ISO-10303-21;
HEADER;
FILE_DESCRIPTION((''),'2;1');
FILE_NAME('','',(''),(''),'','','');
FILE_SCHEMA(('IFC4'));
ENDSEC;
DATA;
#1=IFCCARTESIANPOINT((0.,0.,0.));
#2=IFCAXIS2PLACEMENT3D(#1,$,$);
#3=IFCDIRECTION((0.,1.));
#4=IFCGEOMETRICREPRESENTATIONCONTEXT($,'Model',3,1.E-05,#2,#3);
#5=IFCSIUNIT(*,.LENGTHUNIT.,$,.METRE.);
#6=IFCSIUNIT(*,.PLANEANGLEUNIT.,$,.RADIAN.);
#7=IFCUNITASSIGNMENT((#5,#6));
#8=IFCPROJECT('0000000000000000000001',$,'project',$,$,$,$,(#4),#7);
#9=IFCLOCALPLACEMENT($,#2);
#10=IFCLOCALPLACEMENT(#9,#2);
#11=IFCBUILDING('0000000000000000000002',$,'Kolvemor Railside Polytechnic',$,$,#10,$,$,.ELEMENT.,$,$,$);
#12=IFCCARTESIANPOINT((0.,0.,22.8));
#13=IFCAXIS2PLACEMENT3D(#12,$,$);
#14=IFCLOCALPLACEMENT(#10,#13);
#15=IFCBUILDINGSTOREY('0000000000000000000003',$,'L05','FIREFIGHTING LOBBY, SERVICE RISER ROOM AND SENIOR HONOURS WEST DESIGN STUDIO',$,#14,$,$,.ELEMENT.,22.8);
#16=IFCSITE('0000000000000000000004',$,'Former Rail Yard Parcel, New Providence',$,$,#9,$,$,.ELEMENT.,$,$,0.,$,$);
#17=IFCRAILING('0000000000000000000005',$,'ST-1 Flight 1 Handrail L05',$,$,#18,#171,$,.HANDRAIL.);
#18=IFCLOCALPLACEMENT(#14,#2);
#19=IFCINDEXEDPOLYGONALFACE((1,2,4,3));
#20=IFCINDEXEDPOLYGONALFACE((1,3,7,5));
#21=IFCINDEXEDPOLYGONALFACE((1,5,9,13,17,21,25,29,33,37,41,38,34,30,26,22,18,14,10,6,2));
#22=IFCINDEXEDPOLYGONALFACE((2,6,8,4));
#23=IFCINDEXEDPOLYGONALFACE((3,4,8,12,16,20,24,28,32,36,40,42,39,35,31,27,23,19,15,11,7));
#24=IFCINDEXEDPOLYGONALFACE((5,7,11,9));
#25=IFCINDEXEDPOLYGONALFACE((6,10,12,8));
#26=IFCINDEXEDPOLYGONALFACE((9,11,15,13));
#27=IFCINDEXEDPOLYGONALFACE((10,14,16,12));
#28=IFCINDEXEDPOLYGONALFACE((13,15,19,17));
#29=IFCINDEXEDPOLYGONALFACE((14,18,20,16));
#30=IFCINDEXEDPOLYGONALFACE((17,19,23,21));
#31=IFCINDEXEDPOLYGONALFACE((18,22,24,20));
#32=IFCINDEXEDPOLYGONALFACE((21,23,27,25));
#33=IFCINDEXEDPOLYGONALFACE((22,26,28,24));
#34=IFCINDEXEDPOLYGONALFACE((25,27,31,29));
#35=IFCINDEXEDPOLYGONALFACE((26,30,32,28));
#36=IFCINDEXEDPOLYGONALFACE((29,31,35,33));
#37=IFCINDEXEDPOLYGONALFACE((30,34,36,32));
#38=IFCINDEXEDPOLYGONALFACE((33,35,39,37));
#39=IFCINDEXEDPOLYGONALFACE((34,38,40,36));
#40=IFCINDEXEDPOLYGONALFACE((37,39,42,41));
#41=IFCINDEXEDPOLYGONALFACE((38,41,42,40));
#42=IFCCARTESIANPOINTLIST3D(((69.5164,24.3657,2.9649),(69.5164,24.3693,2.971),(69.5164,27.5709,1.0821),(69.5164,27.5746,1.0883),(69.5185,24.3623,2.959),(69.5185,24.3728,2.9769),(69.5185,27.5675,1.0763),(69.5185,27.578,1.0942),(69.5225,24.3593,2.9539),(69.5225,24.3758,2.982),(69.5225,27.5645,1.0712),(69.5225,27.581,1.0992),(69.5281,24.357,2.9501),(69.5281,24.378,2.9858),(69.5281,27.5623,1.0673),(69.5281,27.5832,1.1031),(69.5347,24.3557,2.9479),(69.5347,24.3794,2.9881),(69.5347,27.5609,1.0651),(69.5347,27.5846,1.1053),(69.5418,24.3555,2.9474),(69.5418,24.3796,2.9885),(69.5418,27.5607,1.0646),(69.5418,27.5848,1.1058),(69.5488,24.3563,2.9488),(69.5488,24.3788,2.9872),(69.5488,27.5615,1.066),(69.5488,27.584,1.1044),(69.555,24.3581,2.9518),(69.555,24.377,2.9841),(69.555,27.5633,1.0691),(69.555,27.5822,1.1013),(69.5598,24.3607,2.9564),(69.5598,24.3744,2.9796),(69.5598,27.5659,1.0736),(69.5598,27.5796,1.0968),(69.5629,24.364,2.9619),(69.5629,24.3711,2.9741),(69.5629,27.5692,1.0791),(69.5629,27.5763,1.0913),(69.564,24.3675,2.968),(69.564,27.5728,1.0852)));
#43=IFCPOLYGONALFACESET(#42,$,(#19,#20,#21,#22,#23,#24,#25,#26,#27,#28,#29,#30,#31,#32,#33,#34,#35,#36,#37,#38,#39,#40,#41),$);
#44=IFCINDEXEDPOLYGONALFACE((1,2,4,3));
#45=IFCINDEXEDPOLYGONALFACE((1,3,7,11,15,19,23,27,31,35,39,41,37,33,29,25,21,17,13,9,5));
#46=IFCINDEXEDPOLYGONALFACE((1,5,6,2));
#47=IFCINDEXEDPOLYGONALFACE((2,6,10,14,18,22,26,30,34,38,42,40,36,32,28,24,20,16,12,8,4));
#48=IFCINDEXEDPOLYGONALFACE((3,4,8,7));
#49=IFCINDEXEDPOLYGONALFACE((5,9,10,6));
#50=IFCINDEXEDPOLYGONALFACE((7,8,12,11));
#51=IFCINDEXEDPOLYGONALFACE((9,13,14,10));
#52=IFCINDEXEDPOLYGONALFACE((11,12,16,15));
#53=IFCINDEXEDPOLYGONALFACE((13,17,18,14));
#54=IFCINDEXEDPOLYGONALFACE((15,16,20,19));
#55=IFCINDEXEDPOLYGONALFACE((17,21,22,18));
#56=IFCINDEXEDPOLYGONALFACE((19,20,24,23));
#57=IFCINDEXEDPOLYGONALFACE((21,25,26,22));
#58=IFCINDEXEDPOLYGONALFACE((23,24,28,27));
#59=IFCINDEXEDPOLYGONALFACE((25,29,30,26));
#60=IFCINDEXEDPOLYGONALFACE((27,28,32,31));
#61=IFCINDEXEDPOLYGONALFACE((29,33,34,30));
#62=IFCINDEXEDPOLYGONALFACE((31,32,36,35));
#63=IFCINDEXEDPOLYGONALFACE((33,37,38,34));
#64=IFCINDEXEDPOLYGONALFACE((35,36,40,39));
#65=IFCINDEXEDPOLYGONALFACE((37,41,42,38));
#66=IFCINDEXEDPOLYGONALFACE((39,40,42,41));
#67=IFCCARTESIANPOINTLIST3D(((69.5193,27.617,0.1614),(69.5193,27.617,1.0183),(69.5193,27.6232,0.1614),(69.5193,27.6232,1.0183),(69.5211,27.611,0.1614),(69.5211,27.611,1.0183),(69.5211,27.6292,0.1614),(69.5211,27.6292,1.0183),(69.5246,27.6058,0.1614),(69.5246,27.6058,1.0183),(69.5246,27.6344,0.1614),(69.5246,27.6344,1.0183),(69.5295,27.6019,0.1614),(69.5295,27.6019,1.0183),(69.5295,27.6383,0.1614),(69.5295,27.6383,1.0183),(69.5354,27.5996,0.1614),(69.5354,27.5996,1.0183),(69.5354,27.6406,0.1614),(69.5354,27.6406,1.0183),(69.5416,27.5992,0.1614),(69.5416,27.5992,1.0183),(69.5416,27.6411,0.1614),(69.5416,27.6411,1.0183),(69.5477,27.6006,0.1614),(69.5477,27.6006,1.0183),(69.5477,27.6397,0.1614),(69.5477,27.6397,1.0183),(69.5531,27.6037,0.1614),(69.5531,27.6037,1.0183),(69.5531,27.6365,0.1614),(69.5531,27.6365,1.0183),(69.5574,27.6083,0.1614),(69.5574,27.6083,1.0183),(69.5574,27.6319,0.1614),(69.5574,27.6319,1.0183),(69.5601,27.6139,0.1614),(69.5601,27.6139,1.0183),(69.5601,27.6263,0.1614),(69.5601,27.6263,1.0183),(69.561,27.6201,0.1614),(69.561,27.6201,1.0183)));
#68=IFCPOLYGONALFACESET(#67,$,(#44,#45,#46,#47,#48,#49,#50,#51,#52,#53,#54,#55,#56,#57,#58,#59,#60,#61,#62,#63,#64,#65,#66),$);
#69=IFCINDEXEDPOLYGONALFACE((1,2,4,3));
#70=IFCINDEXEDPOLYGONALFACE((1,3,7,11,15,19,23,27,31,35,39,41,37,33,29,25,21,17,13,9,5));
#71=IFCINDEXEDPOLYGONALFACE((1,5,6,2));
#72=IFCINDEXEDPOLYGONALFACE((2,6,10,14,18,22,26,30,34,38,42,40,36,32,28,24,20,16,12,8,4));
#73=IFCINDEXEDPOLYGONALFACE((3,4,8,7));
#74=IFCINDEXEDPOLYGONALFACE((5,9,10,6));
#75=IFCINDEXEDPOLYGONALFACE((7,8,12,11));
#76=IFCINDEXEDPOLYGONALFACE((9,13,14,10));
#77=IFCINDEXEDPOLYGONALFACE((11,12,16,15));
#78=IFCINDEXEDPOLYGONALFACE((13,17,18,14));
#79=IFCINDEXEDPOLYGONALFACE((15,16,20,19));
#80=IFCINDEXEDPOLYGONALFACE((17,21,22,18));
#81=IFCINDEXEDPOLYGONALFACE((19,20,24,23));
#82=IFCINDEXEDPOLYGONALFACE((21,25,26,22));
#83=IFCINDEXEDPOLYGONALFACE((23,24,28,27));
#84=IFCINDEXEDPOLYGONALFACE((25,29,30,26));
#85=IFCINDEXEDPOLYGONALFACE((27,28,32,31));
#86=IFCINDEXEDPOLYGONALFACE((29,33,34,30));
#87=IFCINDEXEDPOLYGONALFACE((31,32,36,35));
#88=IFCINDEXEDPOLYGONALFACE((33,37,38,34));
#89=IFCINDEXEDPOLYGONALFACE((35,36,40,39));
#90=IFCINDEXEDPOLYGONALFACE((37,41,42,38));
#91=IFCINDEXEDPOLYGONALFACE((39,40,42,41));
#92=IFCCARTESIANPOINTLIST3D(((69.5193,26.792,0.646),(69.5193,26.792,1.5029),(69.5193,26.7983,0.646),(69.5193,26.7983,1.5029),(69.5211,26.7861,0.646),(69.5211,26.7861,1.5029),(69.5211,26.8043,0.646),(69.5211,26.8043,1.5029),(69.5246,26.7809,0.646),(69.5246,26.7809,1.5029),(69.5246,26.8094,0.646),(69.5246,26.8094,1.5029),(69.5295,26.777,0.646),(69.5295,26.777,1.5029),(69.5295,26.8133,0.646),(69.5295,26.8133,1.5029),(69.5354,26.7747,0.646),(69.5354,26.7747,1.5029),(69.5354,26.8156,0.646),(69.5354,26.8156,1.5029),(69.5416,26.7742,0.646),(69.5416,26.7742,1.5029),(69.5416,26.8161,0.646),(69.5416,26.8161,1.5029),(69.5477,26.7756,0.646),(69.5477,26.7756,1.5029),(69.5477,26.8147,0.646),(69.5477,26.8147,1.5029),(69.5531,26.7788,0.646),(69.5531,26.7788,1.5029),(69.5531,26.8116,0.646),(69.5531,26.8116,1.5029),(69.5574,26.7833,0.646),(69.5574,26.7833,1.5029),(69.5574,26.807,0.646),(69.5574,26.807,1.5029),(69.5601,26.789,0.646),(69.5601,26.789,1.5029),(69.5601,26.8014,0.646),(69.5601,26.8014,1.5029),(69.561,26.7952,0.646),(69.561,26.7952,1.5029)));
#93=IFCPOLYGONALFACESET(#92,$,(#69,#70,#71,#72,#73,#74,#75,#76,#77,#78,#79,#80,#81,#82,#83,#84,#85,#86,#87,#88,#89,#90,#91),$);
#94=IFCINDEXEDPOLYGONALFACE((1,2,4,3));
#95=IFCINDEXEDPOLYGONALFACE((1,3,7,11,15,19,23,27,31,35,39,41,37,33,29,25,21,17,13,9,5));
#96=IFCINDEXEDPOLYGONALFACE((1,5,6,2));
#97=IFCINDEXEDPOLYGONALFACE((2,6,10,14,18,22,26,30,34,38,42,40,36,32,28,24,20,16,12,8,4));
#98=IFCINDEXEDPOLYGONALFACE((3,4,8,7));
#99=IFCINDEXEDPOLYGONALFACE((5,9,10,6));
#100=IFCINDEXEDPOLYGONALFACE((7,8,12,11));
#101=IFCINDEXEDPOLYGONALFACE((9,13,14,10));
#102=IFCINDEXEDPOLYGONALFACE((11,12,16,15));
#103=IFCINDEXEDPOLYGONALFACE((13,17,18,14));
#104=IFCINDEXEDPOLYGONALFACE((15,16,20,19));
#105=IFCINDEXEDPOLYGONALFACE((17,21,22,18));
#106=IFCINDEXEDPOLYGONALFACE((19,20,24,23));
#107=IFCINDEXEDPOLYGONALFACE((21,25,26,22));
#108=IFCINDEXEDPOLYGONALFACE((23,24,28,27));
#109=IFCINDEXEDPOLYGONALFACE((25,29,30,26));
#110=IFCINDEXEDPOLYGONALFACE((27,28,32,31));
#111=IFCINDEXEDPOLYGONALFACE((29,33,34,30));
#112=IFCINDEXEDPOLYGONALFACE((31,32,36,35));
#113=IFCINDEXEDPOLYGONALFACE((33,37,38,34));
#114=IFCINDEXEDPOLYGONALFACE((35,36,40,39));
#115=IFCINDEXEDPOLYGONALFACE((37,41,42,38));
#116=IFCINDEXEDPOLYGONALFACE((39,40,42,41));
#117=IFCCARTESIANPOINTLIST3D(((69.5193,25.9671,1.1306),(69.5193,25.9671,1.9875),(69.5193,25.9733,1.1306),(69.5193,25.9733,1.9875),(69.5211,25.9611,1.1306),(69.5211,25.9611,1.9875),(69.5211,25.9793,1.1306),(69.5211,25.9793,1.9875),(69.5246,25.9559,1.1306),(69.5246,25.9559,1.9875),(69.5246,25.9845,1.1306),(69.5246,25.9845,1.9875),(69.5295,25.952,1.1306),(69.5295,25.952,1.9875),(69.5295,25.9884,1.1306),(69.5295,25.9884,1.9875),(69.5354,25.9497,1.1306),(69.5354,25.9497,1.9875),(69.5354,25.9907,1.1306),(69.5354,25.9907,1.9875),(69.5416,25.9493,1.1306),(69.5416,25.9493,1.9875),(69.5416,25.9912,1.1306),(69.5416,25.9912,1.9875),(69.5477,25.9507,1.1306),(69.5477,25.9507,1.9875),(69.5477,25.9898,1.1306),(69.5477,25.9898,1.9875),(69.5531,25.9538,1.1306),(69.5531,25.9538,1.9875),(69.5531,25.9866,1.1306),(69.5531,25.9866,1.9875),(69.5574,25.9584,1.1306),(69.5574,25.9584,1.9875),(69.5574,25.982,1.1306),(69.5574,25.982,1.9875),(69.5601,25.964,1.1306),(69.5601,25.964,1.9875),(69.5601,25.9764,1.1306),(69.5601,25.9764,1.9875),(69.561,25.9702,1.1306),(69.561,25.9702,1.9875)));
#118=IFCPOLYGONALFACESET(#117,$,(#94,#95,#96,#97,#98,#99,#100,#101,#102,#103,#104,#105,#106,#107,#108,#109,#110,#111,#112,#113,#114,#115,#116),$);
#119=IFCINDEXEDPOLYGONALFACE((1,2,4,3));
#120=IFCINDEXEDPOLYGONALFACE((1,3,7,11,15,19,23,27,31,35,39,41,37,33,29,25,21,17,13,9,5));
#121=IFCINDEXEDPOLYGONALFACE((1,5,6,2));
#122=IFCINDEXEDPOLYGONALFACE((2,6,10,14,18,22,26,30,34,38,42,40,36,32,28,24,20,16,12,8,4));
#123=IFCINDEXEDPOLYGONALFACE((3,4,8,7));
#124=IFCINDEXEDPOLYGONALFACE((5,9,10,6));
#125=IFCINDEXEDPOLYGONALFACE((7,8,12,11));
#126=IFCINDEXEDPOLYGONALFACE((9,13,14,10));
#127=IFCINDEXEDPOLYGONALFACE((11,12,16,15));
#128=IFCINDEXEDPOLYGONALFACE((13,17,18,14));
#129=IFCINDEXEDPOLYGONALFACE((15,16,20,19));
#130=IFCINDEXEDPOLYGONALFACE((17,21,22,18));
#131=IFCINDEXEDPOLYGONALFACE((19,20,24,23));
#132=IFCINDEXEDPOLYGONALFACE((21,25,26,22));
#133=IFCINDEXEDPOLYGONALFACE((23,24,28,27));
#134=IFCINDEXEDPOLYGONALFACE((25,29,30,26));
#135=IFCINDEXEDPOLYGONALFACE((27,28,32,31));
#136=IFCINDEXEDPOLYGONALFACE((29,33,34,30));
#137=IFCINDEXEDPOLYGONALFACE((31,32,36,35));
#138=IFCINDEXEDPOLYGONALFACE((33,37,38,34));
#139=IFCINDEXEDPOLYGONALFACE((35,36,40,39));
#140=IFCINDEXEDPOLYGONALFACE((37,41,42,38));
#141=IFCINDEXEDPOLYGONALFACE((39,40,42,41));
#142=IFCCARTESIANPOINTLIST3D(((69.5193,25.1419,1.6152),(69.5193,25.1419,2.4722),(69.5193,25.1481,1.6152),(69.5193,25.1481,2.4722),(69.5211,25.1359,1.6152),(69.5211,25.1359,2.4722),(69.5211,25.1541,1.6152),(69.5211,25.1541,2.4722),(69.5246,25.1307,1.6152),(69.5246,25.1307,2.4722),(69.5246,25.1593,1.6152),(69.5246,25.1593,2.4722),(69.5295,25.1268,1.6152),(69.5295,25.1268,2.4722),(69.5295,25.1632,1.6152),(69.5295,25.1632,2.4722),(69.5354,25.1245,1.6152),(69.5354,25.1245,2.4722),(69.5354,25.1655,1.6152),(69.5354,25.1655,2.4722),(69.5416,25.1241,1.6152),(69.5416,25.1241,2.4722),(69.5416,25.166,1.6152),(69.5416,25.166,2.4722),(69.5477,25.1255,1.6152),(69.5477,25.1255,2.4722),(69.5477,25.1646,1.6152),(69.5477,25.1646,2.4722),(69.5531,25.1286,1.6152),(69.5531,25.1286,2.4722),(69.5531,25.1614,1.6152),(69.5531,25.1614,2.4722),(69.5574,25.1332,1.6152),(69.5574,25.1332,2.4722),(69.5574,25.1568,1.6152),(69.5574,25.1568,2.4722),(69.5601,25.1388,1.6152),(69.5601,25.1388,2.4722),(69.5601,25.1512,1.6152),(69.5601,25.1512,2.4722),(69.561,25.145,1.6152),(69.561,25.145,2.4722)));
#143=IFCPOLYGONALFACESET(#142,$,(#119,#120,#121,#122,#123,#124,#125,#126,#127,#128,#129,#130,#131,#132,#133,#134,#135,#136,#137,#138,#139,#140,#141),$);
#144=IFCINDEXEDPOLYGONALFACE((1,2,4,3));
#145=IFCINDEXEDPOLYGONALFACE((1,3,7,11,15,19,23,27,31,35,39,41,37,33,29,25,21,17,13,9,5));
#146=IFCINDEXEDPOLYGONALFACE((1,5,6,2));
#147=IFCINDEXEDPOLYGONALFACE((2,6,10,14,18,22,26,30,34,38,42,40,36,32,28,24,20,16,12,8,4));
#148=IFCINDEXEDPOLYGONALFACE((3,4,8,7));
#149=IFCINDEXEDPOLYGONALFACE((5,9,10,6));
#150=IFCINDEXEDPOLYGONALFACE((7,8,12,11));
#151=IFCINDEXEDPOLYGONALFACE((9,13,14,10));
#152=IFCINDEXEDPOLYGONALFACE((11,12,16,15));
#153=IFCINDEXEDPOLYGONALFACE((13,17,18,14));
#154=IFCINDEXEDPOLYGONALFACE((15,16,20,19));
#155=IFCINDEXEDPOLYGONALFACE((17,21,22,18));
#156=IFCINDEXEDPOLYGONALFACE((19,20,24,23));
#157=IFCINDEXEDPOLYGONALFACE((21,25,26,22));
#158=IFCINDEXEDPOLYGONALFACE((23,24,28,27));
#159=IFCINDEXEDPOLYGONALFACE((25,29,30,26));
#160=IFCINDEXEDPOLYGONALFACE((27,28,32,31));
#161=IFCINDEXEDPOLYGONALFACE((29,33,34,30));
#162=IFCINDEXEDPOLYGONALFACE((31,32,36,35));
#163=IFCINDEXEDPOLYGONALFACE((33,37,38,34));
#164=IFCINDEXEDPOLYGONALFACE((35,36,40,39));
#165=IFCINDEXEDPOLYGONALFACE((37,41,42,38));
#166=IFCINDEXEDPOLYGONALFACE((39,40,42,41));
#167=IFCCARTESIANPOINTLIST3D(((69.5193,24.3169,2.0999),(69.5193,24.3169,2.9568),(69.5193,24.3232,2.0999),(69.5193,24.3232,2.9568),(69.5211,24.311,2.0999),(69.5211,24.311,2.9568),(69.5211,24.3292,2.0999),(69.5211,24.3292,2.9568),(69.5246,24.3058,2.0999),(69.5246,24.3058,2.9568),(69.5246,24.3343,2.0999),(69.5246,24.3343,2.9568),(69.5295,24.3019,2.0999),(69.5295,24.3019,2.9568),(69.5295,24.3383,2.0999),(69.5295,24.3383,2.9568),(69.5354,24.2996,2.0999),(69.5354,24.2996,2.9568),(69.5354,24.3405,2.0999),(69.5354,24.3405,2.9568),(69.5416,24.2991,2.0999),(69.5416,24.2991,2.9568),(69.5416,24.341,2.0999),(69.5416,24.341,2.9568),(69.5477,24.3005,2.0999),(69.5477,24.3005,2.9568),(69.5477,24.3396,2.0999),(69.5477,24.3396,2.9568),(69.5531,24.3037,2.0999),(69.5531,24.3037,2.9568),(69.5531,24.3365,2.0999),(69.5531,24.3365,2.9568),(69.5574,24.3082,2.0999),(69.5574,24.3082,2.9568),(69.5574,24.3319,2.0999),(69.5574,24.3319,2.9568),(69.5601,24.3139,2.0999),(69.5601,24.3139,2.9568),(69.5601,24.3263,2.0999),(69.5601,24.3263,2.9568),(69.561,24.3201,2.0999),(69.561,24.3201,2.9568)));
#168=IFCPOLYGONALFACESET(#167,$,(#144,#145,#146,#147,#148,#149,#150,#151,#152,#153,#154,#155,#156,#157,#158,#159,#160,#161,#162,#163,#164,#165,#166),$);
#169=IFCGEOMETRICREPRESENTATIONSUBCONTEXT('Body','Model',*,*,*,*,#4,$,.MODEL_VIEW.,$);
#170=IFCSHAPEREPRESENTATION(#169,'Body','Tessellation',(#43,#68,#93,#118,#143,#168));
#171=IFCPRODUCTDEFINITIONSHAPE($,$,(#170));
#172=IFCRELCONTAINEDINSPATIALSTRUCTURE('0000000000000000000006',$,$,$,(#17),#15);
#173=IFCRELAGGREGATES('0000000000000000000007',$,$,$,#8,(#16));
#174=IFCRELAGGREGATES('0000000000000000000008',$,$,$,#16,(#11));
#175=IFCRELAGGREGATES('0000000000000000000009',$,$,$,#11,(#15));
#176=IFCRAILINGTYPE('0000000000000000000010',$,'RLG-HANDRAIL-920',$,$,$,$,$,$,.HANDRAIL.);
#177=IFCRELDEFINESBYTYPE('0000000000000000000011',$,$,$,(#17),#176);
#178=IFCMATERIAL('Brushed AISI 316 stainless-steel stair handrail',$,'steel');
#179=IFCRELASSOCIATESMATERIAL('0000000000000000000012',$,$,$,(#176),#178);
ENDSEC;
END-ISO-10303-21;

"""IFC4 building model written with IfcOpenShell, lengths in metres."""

from ifc_helpers import new_model, si_unit, direction, frame, origin, origin_2d, place, context, subcontext, project, spatial, circle, extrude, material, type_object, element, save


model = new_model("IFC4")

# Units and contexts
model_context = context("Model", 3, precision=1e-05, world=origin(), true_north=direction((0.0, 1.0)))
body_context = subcontext(model_context, "Body", "Model", "MODEL_VIEW")
ifc_project = project(units=[si_unit("LENGTHUNIT", "METRE"), si_unit("PLANEANGLEUNIT", "RADIAN")], contexts=[model_context])

# Site, building, storey
site_placement = place(None, origin())
site = spatial("IfcSite", under=ifc_project, at=site_placement, Name="Former Rail Yard Parcel, New Providence", CompositionType="ELEMENT", RefElevation=0.0)
building_placement = place(site_placement, origin())
building = spatial("IfcBuilding", under=site, at=building_placement, Name="Kolvemor Railside Polytechnic", CompositionType="ELEMENT")
storey_placement = place(building_placement, frame((0.0, 0.0, 22.8)))
storey = spatial("IfcBuildingStorey", under=building, at=storey_placement, Name="L05", Description="FIREFIGHTING LOBBY, SERVICE RISER ROOM AND SENIOR HONOURS WEST DESIGN STUDIO", CompositionType="ELEMENT", Elevation=22.8)

# Railing
ifc_material_1 = material(Name="Brushed AISI 316 stainless-steel stair handrail", Category="steel")
railing_type_1 = type_object("IfcRailingType", Name="RLG-HANDRAIL-920", PredefinedType="HANDRAIL", material=ifc_material_1)
railing_1_placement = place(storey_placement, frame((69.54, 27.6201, 0.1614)))
element("IfcRailing", 1, at=railing_1_placement, inside=storey, type_object=railing_type_1, Name="ST-1 Flight 1 Handrail L05", PredefinedType="HANDRAIL", context=body_context, shape_type="SweptSolid", body=[
    extrude(circle(Radius=0.0239, at=origin_2d()), frame((0.0, -0.0474, 0.9238), z_axis=(0.0, -0.862246, 0.50649), x_axis=(1.0, 0.0, 0.0)), (0.0, 0.0, 1.0), 3.7173),
    extrude(circle(Radius=0.021, at=origin_2d()), origin(), (0.0, 0.0, 1.0), 0.8569),
    extrude(circle(Radius=0.021, at=origin_2d()), frame((0.0, -0.825, 0.4846)), (0.0, 0.0, 1.0), 0.8569),
    extrude(circle(Radius=0.021, at=origin_2d()), frame((0.0, -1.6499, 0.9692)), (0.0, 0.0, 1.0), 0.8569),
    extrude(circle(Radius=0.021, at=origin_2d()), frame((0.0, -2.4751, 1.4539)), (0.0, 0.0, 1.0), 0.8569),
    extrude(circle(Radius=0.021, at=origin_2d()), frame((0.0, -3.3, 1.9385)), (0.0, 0.0, 1.0), 0.8569),
])

save(model, "model.ifc")
